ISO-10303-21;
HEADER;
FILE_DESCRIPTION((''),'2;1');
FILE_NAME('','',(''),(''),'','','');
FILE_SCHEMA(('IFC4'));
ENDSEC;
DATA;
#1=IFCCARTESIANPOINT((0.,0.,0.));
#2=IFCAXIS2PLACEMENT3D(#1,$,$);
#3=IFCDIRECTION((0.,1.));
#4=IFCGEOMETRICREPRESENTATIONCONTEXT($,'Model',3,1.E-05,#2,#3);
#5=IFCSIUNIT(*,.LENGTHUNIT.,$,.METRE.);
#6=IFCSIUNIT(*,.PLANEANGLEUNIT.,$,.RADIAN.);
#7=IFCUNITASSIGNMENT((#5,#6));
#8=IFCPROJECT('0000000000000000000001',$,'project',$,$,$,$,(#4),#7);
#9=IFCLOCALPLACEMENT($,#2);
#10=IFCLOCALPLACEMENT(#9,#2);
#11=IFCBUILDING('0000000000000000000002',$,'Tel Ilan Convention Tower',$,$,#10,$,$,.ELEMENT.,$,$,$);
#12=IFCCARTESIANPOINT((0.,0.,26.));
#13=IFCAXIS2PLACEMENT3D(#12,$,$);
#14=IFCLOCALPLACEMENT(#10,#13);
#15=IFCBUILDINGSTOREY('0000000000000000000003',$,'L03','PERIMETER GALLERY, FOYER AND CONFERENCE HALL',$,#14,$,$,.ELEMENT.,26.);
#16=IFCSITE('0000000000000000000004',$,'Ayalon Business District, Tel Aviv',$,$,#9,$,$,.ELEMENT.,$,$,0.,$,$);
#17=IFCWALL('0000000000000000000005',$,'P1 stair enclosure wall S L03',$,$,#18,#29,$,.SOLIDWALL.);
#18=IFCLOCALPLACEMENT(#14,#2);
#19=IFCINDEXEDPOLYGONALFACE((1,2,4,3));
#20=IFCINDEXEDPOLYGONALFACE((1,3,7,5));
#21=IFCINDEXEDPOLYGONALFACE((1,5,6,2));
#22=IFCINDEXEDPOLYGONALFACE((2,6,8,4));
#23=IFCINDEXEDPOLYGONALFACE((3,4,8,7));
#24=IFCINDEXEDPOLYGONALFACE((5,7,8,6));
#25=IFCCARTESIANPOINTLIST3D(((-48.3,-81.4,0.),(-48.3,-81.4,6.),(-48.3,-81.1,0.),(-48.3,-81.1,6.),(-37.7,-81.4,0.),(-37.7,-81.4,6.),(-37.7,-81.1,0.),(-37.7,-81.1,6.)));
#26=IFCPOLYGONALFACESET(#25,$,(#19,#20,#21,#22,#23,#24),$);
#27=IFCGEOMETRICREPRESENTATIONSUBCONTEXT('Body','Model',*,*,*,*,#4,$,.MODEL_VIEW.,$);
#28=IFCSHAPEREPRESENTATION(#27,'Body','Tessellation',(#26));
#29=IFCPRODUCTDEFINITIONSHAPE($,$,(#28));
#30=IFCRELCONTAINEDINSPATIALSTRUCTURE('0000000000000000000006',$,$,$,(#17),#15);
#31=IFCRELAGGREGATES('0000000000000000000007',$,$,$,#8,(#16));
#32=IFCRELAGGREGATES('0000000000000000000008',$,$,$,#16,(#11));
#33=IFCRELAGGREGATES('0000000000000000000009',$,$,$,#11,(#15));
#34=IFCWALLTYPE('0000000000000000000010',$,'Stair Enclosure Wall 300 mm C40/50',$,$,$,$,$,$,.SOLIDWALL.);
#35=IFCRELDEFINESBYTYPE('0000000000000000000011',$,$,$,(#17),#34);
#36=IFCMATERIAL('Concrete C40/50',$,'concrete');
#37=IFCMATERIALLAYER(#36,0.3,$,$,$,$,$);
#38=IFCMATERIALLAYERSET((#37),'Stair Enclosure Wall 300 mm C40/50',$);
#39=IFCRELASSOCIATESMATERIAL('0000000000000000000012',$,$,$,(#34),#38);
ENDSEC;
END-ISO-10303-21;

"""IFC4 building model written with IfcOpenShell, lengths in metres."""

from ifc_helpers import new_model, si_unit, direction, frame, frame_2d, origin, place, context, subcontext, project, spatial, rectangle, extrude, material, layer, layer_set, type_object, element, save


model = new_model("IFC4")

# Units and contexts
model_context = context("Model", 3, precision=1e-05, world=origin(), true_north=direction((0.0, 1.0)))
body_context = subcontext(model_context, "Body", "Model", "MODEL_VIEW")
ifc_project = project(units=[si_unit("LENGTHUNIT", "METRE"), si_unit("PLANEANGLEUNIT", "RADIAN")], contexts=[model_context])

# Site, building, storey
site_placement = place(None, origin())
site = spatial("IfcSite", under=ifc_project, at=site_placement, Name="Ayalon Business District, Tel Aviv", CompositionType="ELEMENT", RefElevation=0.0)
building_placement = place(site_placement, origin())
building = spatial("IfcBuilding", under=site, at=building_placement, Name="Tel Ilan Convention Tower", CompositionType="ELEMENT")
storey_placement = place(building_placement, frame((0.0, 0.0, 26.0)))
storey = spatial("IfcBuildingStorey", under=building, at=storey_placement, Name="L03", Description="PERIMETER GALLERY, FOYER AND CONFERENCE HALL", CompositionType="ELEMENT", Elevation=26.0)

# Wall
ifc_material_1 = material(Name="Concrete C40/50", Category="concrete")
ifc_layer_1 = layer(ifc_material_1, 0.3)
ifc_layer_set_1 = layer_set([ifc_layer_1], Name="Stair Enclosure Wall 300 mm C40/50")
wall_type_1 = type_object("IfcWallType", Name="Stair Enclosure Wall 300 mm C40/50", PredefinedType="SOLIDWALL", material=ifc_layer_set_1)
wall_1_placement = place(storey_placement, frame((-48.3, -81.25, 0.0), z_axis=(0.0, 0.0, 1.0), x_axis=(1.0, 0.0, 0.0)))
element("IfcWall", 1, at=wall_1_placement, inside=storey, type_object=wall_type_1, Name="P1 stair enclosure wall S L03", PredefinedType="SOLIDWALL", context=body_context, shape_type="SweptSolid", body=[
    extrude(rectangle(XDim=10.6001, YDim=0.3, at=frame_2d((5.3, 0.0))), origin(), (0.0, 0.0, 1.0), 6.0),
])

save(model, "model.ifc")
